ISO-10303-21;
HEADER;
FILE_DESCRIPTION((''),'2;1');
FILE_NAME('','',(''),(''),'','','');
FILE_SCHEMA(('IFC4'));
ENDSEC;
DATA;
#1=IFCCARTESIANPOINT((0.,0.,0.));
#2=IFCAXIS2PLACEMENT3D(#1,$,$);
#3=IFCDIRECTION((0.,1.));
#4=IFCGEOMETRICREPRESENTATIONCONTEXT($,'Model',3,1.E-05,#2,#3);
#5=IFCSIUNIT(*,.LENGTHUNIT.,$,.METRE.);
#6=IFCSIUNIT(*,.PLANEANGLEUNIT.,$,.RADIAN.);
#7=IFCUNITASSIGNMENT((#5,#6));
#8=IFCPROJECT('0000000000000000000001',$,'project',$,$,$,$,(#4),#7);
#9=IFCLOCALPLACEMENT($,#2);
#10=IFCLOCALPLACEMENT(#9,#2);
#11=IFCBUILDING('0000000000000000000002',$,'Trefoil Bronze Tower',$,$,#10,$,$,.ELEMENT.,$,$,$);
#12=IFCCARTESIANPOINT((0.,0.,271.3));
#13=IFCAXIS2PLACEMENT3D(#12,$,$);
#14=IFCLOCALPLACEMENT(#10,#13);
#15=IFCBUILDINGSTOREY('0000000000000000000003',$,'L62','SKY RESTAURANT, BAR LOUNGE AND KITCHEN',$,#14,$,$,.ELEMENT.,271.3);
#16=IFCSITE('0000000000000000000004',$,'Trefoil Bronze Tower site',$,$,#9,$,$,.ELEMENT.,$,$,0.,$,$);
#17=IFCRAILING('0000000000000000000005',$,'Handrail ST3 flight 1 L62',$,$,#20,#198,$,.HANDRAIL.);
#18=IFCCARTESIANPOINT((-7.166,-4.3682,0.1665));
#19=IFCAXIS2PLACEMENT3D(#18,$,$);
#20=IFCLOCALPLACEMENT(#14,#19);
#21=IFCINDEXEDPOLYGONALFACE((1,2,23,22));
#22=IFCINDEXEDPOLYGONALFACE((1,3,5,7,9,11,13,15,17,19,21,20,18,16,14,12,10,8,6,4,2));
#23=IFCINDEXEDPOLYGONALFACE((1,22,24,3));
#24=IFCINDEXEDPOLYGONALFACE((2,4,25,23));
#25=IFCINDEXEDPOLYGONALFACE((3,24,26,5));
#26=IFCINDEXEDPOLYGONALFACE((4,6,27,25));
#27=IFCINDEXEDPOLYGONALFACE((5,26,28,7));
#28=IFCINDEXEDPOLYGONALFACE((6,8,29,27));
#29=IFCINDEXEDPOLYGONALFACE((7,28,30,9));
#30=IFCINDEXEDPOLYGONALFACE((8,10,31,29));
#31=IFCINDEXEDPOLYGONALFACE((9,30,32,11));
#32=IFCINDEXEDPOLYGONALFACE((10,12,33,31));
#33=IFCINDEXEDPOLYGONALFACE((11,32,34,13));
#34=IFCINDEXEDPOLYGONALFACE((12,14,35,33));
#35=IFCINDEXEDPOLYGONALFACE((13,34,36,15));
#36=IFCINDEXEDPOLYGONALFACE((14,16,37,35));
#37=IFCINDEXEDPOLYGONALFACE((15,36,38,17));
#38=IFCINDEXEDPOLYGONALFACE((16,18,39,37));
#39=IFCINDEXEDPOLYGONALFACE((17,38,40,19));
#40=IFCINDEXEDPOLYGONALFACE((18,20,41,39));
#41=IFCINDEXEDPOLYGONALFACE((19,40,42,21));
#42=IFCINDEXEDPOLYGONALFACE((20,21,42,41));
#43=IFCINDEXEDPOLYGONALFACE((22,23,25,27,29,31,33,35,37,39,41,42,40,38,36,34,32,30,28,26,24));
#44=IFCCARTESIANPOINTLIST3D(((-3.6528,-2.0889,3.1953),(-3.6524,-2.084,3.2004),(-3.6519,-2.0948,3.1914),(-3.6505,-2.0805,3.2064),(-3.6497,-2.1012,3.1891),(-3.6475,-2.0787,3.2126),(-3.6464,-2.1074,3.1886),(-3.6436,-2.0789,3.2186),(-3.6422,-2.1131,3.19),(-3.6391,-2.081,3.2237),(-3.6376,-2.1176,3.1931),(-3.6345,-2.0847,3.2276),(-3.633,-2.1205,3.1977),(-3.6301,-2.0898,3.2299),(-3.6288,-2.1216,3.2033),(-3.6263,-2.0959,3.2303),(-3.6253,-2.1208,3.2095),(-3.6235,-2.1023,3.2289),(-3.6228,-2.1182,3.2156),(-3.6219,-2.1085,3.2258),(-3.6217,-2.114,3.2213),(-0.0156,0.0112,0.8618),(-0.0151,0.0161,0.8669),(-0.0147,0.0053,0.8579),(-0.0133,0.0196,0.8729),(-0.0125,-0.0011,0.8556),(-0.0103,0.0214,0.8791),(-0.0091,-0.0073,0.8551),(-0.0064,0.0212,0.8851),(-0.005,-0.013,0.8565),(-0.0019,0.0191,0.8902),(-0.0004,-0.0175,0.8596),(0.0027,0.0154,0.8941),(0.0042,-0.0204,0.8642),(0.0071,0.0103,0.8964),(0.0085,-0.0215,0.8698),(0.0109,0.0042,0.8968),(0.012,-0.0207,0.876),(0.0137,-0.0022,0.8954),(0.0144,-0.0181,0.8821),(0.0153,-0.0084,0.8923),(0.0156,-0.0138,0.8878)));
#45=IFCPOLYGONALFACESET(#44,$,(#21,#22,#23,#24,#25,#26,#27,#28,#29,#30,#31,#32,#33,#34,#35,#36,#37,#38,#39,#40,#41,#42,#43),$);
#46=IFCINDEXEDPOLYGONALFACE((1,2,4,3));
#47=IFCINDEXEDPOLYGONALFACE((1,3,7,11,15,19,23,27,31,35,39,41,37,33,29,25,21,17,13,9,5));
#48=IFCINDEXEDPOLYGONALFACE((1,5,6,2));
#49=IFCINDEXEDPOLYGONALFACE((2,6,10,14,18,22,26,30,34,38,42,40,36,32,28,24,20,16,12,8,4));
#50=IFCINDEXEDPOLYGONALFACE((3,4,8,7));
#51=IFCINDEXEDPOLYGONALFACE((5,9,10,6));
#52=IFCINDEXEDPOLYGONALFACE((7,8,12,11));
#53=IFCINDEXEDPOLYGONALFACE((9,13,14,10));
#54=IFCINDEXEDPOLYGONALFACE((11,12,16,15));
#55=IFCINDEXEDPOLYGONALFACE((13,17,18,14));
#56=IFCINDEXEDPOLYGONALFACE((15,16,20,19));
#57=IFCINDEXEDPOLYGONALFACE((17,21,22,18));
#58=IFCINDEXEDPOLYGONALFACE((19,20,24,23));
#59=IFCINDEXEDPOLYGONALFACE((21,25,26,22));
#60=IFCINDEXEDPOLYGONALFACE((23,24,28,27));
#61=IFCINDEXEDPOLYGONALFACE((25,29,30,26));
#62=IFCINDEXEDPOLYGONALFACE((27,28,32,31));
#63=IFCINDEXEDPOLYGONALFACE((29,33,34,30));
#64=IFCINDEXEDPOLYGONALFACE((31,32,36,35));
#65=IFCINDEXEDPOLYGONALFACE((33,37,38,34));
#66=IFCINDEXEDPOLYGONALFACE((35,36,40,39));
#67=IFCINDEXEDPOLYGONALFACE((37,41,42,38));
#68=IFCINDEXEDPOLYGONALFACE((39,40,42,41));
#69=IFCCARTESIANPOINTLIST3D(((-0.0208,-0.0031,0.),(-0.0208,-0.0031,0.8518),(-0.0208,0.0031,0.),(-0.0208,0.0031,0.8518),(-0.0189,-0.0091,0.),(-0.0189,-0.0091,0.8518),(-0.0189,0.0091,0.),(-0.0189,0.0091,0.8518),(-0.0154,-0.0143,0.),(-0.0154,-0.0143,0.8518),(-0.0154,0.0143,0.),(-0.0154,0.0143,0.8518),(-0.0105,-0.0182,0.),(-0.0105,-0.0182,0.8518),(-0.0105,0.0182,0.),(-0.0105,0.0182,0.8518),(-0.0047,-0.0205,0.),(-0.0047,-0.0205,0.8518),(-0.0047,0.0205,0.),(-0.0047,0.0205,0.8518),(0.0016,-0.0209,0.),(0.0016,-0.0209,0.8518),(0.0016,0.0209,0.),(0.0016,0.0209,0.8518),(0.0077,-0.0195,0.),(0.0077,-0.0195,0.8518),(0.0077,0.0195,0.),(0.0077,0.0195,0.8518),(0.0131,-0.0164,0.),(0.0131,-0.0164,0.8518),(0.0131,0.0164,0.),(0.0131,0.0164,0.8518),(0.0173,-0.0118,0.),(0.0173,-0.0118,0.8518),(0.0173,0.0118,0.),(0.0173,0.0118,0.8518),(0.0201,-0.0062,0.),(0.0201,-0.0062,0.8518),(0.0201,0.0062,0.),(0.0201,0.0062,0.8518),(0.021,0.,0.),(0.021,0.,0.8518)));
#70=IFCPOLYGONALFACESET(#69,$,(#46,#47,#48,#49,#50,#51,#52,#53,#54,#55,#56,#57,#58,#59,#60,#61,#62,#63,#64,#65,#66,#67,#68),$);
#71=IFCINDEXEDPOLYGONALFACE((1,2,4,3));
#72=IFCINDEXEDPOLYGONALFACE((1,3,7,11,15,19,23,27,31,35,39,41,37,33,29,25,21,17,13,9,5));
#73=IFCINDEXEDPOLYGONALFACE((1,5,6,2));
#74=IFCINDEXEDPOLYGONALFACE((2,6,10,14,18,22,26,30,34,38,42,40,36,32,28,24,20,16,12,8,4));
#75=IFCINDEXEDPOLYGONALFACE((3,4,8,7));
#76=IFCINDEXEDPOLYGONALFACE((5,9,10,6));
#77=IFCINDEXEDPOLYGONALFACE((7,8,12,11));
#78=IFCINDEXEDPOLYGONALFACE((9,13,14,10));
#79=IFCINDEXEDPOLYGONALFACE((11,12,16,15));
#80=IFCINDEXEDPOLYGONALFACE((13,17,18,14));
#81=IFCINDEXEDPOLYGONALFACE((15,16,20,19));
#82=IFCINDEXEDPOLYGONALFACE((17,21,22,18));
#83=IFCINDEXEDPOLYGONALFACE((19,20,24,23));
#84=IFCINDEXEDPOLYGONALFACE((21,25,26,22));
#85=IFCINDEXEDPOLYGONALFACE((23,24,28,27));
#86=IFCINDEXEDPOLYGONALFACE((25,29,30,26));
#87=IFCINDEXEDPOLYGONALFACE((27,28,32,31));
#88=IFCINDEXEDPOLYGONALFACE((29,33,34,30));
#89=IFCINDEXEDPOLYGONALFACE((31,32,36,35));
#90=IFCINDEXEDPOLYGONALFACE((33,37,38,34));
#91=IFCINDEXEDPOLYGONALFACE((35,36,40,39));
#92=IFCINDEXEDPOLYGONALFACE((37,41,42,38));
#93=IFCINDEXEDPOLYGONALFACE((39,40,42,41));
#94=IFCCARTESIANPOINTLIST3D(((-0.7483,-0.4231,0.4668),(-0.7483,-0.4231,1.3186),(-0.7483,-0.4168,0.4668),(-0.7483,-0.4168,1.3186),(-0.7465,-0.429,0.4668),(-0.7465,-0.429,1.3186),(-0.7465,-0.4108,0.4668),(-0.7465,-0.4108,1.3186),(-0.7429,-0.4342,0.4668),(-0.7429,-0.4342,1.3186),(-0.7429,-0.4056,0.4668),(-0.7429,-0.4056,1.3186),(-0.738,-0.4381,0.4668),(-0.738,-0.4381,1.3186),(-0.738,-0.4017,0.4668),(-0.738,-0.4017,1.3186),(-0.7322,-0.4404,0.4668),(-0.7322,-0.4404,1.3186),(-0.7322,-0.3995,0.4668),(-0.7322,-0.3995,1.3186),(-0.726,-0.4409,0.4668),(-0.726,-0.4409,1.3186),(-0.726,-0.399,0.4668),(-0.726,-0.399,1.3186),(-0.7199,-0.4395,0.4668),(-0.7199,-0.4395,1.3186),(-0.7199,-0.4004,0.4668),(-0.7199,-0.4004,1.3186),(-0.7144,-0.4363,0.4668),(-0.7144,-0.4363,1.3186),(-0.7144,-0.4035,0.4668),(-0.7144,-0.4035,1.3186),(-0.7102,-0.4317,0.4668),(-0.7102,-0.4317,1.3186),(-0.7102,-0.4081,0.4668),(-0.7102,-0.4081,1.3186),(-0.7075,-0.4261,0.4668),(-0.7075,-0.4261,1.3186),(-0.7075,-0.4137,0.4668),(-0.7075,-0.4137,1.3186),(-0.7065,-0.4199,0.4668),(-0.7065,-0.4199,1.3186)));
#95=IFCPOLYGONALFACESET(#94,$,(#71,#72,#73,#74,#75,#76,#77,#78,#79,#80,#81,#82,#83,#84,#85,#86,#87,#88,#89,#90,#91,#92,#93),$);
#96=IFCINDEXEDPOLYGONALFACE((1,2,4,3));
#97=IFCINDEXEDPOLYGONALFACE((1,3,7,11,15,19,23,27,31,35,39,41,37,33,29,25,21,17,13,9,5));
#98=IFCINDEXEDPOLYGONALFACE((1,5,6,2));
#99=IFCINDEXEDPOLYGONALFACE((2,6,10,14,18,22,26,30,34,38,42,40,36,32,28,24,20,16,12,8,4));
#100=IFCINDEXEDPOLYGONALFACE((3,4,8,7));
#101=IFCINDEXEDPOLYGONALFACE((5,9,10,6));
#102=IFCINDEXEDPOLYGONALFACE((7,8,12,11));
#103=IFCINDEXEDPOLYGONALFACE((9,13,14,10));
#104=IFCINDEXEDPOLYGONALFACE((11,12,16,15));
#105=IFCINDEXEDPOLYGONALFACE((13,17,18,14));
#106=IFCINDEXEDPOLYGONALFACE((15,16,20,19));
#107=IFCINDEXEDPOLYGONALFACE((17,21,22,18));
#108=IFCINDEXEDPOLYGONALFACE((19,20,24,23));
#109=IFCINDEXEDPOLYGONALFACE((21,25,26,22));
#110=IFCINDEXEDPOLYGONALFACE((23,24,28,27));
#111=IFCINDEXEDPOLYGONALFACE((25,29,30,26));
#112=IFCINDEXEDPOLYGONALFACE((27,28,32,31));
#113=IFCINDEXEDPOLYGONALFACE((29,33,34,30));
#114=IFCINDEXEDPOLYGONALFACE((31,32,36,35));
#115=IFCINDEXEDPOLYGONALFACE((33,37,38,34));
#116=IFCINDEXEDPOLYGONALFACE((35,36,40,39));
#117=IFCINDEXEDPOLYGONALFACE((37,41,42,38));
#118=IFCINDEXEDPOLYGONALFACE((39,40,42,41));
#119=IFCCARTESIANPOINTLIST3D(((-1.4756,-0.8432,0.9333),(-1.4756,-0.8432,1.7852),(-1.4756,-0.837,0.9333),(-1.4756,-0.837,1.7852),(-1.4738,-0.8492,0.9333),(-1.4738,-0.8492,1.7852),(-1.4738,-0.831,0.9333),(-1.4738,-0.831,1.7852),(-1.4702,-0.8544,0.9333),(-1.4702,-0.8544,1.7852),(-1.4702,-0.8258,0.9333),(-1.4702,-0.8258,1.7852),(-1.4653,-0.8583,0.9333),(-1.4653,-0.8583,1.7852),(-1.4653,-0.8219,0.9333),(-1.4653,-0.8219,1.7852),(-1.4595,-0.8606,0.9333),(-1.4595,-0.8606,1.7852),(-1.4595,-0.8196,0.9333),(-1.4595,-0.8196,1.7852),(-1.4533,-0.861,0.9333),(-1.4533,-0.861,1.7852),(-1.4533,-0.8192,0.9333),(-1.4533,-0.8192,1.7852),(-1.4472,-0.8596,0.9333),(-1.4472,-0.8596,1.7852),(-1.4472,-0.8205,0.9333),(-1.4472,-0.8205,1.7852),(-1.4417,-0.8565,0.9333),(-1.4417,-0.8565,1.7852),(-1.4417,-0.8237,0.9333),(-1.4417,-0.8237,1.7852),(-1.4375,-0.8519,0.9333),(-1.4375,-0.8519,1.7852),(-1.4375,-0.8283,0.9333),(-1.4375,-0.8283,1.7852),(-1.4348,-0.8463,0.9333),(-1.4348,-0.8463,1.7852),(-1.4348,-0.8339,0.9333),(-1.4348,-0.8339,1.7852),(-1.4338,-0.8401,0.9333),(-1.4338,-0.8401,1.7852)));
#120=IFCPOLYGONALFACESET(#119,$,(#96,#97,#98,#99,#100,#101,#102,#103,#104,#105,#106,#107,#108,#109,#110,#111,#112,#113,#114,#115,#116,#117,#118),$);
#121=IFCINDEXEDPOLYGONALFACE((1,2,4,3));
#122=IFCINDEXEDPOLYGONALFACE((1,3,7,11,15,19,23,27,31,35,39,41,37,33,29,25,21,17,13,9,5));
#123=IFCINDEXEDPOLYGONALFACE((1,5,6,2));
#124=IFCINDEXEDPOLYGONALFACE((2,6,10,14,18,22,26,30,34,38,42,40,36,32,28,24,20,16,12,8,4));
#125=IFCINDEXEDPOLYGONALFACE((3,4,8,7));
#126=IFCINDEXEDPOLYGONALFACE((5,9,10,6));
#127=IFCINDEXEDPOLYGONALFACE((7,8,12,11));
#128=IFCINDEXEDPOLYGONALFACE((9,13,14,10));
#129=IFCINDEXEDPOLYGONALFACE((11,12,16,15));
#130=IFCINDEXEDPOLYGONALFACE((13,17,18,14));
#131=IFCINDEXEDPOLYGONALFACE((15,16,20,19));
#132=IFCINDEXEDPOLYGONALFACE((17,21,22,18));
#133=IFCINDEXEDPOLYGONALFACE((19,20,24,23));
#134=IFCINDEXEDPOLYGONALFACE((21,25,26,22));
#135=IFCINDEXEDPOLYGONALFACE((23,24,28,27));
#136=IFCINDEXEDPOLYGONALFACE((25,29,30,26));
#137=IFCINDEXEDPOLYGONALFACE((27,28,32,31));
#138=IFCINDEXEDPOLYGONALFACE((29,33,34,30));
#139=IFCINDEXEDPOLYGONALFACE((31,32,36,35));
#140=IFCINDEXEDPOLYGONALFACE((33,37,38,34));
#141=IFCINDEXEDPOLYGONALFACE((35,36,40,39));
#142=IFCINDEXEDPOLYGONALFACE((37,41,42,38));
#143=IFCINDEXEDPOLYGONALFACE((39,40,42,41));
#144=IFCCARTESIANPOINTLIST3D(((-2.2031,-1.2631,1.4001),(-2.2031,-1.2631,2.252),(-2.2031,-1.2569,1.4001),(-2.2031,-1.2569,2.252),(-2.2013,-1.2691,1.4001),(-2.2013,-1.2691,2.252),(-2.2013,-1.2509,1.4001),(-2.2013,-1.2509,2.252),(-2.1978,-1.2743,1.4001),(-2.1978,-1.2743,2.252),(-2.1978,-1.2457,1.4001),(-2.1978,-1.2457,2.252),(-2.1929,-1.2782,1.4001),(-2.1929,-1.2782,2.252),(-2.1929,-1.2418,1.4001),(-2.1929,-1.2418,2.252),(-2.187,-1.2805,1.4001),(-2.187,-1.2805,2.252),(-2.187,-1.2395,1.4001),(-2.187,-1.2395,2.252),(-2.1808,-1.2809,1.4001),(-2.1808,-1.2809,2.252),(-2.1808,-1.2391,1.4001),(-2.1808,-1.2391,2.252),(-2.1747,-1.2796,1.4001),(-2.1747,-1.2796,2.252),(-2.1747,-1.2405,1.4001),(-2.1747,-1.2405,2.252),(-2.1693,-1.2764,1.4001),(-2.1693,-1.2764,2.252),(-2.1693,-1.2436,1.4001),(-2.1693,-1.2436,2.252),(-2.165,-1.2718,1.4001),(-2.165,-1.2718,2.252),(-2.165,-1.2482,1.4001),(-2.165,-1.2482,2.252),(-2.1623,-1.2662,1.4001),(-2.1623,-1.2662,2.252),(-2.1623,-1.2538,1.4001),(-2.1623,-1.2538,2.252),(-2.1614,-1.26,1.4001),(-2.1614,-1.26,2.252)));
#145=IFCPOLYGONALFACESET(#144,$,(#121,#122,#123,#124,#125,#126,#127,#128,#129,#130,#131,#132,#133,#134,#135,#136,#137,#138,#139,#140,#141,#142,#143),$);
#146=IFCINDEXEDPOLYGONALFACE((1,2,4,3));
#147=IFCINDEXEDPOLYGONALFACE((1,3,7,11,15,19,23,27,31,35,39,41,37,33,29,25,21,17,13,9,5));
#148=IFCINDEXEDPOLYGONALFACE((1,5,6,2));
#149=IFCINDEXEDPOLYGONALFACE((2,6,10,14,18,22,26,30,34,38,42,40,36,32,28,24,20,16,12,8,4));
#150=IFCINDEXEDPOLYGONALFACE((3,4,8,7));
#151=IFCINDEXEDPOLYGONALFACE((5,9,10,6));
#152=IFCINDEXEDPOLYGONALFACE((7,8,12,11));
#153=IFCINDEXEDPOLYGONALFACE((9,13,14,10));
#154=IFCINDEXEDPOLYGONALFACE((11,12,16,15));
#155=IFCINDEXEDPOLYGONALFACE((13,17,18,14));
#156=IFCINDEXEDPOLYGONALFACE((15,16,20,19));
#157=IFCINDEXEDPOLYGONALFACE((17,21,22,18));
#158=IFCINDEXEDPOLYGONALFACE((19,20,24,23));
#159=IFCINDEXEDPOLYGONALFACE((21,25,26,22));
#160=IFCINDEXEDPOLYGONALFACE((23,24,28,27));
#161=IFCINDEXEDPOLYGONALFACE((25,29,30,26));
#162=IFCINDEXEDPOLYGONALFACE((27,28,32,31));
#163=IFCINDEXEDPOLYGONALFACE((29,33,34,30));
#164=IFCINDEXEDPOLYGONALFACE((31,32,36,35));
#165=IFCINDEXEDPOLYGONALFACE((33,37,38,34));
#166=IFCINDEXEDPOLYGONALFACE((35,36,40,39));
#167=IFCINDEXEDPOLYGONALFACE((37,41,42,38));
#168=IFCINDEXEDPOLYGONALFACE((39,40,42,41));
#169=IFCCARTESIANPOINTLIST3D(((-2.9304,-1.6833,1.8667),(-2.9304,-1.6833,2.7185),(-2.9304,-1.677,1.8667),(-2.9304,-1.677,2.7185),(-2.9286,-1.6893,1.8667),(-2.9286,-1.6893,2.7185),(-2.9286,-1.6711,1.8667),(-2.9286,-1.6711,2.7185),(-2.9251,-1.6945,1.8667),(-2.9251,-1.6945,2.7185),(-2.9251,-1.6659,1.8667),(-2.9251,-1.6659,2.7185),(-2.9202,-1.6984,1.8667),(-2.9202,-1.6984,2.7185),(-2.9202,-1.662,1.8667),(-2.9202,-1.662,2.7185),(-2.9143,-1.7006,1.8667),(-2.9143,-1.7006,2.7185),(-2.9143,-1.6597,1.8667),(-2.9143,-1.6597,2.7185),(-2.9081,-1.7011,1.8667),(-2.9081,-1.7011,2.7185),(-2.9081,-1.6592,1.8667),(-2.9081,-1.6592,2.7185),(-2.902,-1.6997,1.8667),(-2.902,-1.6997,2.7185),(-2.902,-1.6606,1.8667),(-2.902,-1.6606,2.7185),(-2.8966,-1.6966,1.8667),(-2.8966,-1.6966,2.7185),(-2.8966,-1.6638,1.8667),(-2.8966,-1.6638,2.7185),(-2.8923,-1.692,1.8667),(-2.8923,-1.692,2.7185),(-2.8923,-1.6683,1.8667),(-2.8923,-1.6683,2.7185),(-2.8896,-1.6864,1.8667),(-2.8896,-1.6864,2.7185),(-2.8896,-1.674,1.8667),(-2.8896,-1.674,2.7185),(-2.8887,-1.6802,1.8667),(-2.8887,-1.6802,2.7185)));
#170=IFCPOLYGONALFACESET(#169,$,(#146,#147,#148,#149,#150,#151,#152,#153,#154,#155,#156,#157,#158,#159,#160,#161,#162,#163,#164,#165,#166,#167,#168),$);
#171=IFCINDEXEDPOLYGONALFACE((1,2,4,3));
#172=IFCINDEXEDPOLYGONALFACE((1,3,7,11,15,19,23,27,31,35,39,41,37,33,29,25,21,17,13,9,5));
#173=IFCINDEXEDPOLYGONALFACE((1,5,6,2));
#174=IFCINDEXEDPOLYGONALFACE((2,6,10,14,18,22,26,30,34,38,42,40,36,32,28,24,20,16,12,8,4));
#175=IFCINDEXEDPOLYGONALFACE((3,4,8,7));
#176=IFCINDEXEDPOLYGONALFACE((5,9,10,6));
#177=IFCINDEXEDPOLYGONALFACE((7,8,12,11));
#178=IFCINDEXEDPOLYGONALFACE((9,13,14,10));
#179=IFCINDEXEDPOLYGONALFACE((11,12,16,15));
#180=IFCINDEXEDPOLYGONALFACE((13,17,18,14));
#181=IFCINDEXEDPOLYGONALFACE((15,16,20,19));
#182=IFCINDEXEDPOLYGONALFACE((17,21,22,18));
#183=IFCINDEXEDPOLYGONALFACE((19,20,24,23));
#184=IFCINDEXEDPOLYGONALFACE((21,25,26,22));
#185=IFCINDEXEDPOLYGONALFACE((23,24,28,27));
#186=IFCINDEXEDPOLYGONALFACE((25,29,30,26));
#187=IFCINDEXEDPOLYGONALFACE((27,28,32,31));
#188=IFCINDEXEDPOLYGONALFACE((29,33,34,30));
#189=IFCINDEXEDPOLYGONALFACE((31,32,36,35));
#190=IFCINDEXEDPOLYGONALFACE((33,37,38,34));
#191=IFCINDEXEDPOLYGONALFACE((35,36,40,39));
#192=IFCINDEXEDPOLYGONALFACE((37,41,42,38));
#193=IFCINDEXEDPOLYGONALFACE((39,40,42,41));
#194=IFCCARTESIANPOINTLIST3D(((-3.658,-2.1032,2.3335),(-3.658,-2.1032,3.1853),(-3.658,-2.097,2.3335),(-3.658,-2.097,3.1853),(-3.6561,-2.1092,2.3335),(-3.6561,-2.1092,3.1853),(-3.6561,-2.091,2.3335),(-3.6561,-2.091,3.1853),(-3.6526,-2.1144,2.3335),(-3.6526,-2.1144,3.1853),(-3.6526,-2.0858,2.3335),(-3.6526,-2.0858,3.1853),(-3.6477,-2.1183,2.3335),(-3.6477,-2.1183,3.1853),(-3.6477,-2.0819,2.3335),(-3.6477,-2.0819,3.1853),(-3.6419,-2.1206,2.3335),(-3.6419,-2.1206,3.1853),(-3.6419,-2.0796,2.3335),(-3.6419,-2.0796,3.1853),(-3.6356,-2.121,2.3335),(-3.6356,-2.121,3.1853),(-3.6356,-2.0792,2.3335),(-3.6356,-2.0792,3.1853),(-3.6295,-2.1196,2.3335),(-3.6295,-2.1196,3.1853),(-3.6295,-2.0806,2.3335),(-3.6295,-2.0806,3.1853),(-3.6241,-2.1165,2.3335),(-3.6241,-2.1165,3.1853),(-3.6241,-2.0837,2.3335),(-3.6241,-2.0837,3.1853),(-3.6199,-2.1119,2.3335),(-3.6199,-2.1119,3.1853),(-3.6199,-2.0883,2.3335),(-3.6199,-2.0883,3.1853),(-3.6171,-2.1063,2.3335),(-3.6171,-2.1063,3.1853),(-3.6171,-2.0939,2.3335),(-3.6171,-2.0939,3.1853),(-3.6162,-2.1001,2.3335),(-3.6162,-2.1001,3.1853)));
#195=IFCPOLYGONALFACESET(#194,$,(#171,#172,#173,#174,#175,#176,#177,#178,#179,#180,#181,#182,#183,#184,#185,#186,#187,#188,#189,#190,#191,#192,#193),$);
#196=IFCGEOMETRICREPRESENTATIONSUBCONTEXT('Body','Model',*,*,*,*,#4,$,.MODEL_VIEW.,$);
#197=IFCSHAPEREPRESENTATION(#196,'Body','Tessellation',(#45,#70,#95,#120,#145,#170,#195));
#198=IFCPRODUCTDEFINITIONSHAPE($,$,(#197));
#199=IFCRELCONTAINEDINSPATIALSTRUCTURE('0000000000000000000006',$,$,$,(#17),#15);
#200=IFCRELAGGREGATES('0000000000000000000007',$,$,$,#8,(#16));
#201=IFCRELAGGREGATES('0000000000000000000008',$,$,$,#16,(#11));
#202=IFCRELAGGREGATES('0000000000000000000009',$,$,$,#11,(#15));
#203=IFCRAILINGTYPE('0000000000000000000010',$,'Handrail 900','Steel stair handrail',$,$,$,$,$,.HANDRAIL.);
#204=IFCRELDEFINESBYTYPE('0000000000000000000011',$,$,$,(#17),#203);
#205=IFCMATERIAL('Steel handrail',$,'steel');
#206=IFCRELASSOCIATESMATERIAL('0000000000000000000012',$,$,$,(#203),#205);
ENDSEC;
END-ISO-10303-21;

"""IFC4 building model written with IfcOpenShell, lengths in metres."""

from ifc_helpers import new_model, si_unit, direction, frame, origin, origin_2d, place, context, subcontext, project, spatial, circle, extrude, material, type_object, element, save


model = new_model("IFC4")

# Units and contexts
model_context = context("Model", 3, precision=1e-05, world=origin(), true_north=direction((0.0, 1.0)))
body_context = subcontext(model_context, "Body", "Model", "MODEL_VIEW")
ifc_project = project(units=[si_unit("LENGTHUNIT", "METRE"), si_unit("PLANEANGLEUNIT", "RADIAN")], contexts=[model_context])

# Site, building, storey
site_placement = place(None, origin())
site = spatial("IfcSite", under=ifc_project, at=site_placement, Name="Trefoil Bronze Tower site", CompositionType="ELEMENT", RefElevation=0.0)
building_placement = place(site_placement, origin())
building = spatial("IfcBuilding", under=site, at=building_placement, Name="Trefoil Bronze Tower", CompositionType="ELEMENT")
storey_placement = place(building_placement, frame((0.0, 0.0, 271.3)))
storey = spatial("IfcBuildingStorey", under=building, at=storey_placement, Name="L62", Description="SKY RESTAURANT, BAR LOUNGE AND KITCHEN", CompositionType="ELEMENT", Elevation=271.3)

# Railing
ifc_material_1 = material(Name="Steel handrail", Category="steel")
railing_type = type_object("IfcRailingType", Name="Handrail 900", Description="Steel stair handrail", PredefinedType="HANDRAIL", material=ifc_material_1)
railing_1_placement = place(storey_placement, frame((-7.166, -4.3682, 0.1665)))
element("IfcRailing", 1, at=railing_1_placement, inside=storey, type_object=railing_type, Name="Handrail ST3 flight 1 L62", PredefinedType="HANDRAIL", context=body_context, shape_type="SweptSolid", body=[
    extrude(circle(Radius=0.0239, at=origin_2d()), frame((0.0, 0.0, 0.876), z_axis=(-0.757014, -0.437095, 0.485672), x_axis=(0.500028, -0.866009, 0.0)), (0.0, 0.0, 1.0), 4.8047),
    extrude(circle(Radius=0.021, at=origin_2d()), origin(), (0.0, 0.0, 1.0), 0.8518),
    extrude(circle(Radius=0.021, at=origin_2d()), frame((-0.7275, -0.4199, 0.4668)), (0.0, 0.0, 1.0), 0.8518),
    extrude(circle(Radius=0.021, at=origin_2d()), frame((-1.4548, -0.8401, 0.9333)), (0.0, 0.0, 1.0), 0.8518),
    extrude(circle(Radius=0.021, at=origin_2d()), frame((-2.1824, -1.26, 1.4001)), (0.0, 0.0, 1.0), 0.8518),
    extrude(circle(Radius=0.021, at=origin_2d()), frame((-2.9097, -1.6802, 1.8667)), (0.0, 0.0, 1.0), 0.8518),
    extrude(circle(Radius=0.021, at=origin_2d()), frame((-3.6372, -2.1001, 2.3335)), (0.0, 0.0, 1.0), 0.8518),
])

save(model, "model.ifc")
